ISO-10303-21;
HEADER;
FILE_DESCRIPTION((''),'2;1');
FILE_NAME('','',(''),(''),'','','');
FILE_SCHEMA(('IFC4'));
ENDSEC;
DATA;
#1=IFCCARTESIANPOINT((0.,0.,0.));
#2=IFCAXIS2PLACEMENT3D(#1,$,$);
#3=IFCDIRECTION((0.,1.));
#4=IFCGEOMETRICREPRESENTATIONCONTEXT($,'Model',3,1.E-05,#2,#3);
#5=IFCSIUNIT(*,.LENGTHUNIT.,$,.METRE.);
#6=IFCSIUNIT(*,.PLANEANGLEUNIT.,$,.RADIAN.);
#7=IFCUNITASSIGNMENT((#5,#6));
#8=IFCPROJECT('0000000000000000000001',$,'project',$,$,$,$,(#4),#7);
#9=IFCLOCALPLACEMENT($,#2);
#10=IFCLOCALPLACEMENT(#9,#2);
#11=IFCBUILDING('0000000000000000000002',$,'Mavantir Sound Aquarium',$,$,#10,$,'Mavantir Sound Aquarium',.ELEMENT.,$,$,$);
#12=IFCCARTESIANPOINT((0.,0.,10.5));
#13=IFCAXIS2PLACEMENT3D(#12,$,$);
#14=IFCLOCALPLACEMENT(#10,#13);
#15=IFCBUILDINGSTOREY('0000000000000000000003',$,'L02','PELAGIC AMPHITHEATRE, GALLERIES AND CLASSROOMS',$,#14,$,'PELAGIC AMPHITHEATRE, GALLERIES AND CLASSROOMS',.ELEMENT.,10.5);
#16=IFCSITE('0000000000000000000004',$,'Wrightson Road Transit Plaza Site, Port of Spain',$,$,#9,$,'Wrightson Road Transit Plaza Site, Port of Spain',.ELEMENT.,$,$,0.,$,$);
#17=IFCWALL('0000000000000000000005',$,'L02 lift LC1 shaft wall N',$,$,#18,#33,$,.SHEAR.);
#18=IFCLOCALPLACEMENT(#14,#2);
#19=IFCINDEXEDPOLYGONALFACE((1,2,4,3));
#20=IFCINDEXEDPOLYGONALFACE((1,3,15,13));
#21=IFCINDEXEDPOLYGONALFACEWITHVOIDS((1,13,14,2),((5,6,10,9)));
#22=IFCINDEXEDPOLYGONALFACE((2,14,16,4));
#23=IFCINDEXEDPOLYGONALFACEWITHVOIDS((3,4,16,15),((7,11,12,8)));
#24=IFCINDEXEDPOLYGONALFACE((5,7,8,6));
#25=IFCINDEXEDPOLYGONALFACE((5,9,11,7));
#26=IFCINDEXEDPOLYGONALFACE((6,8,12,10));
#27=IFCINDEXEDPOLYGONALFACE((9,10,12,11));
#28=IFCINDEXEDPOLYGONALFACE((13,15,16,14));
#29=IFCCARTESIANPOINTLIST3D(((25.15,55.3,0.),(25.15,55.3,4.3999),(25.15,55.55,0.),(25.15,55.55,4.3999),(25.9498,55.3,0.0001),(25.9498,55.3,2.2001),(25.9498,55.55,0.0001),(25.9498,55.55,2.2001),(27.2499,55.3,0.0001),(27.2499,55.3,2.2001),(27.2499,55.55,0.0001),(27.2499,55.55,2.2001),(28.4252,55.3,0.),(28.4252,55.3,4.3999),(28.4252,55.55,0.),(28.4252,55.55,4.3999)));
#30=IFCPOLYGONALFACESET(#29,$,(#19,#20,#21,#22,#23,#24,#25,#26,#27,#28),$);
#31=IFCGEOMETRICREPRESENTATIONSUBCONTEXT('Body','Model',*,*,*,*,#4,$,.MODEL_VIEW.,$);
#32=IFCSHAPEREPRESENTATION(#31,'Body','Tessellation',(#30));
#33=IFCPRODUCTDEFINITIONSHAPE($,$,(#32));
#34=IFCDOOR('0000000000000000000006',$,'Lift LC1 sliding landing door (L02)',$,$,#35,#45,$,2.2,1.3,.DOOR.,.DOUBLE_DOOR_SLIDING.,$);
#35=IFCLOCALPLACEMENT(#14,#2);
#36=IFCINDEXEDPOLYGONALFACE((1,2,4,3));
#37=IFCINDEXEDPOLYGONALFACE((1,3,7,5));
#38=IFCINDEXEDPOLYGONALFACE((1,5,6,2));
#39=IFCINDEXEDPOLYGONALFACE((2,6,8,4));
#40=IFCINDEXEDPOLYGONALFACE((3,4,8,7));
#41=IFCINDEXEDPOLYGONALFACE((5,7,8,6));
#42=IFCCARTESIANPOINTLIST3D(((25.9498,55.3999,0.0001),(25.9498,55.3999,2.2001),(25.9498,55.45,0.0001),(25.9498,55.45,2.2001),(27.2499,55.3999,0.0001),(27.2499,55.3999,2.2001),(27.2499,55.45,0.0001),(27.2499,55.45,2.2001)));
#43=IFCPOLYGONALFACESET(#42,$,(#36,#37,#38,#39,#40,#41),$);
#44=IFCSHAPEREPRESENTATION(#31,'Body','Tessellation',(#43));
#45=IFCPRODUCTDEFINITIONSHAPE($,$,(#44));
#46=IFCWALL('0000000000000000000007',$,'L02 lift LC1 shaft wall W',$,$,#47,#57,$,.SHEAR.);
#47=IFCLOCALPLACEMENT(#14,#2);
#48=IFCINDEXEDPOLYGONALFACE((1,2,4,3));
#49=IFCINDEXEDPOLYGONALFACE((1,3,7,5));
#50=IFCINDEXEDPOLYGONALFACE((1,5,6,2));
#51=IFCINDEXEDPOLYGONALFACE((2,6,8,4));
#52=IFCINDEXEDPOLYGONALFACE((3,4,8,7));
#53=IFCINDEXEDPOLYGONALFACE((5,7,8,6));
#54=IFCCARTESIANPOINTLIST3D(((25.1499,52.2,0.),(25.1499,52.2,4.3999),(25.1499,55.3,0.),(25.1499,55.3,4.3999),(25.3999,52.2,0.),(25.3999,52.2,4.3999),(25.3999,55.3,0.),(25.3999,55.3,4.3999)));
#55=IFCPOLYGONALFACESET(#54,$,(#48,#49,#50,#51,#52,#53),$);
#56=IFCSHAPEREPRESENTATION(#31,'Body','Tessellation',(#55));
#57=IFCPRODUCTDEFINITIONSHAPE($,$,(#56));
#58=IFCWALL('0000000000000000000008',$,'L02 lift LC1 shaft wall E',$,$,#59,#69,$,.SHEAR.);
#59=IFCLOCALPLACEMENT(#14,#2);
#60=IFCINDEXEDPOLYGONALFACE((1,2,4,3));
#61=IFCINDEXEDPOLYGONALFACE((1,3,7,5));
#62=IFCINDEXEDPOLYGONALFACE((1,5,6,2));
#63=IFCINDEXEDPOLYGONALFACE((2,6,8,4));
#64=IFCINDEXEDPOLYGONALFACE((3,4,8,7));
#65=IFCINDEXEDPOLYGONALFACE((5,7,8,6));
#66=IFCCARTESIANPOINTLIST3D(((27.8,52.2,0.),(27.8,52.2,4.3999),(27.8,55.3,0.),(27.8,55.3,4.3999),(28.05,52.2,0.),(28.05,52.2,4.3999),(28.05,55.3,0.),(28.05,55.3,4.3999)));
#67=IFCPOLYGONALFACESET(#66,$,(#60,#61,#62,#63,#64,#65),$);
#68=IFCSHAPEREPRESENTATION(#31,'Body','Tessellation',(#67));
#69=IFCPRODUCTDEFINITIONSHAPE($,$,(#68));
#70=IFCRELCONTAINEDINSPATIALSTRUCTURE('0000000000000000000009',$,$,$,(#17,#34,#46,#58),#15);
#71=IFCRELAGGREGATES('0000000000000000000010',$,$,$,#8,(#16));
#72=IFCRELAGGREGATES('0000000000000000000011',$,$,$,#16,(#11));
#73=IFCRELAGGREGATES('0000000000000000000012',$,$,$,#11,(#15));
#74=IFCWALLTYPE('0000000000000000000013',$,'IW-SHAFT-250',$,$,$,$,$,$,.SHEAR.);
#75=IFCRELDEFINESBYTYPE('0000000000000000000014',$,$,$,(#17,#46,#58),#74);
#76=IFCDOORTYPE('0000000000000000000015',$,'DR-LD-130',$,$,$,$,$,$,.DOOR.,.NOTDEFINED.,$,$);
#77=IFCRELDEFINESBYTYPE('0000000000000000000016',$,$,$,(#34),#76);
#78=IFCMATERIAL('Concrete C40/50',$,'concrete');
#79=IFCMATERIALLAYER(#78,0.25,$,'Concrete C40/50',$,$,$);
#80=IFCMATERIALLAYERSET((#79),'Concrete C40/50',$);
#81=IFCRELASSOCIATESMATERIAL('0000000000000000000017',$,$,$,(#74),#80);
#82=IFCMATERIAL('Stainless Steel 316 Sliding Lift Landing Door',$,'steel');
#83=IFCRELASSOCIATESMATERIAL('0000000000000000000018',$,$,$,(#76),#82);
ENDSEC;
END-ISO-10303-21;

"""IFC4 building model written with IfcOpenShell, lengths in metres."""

from ifc_helpers import new_model, si_unit, direction, frame, frame_2d, origin, place, context, subcontext, project, spatial, rectangle, extrude, material, layer, layer_set, type_object, element, fill, save


model = new_model("IFC4")

# Units and contexts
model_context = context("Model", 3, precision=1e-05, world=origin(), true_north=direction((0.0, 1.0)))
body_context = subcontext(model_context, "Body", "Model", "MODEL_VIEW")
ifc_project = project(units=[si_unit("LENGTHUNIT", "METRE"), si_unit("PLANEANGLEUNIT", "RADIAN")], contexts=[model_context])

# Site, building, storey
site_placement = place(None, origin())
site = spatial("IfcSite", under=ifc_project, at=site_placement, Name="Wrightson Road Transit Plaza Site, Port of Spain", LongName="Wrightson Road Transit Plaza Site, Port of Spain", CompositionType="ELEMENT", RefElevation=0.0)
building_placement = place(site_placement, origin())
building = spatial("IfcBuilding", under=site, at=building_placement, Name="Mavantir Sound Aquarium", LongName="Mavantir Sound Aquarium", CompositionType="ELEMENT")
storey_placement = place(building_placement, frame((0.0, 0.0, 10.5)))
storey = spatial("IfcBuildingStorey", under=building, at=storey_placement, Name="L02", Description="PELAGIC AMPHITHEATRE, GALLERIES AND CLASSROOMS", LongName="PELAGIC AMPHITHEATRE, GALLERIES AND CLASSROOMS", CompositionType="ELEMENT", Elevation=10.5)

# Shared definitions
ifc_material_1 = material(Name="Concrete C40/50", Category="concrete")

# Shared definitions
ifc_layer_1 = layer(ifc_material_1, 0.25, Name="Concrete C40/50")
ifc_layer_set_1 = layer_set([ifc_layer_1], Name="Concrete C40/50")
wall_type_1 = type_object("IfcWallType", Name="IW-SHAFT-250", PredefinedType="SHEAR", material=ifc_layer_set_1)

# Wall, opening, door
wall_1_placement = place(storey_placement, frame((25.1499, 55.425, 0.0), z_axis=(0.0, 0.0, 1.0), x_axis=(1.0, 0.0, 0.0)))
wall_1 = element("IfcWall", 1, at=wall_1_placement, inside=storey, type_object=wall_type_1, Name="L02 lift LC1 shaft wall N", PredefinedType="SHEAR", context=body_context, shape_type="SweptSolid", body=[
    extrude(rectangle(XDim=3.2751, YDim=0.25, at=frame_2d((1.6377, 0.0))), origin(), (0.0, 0.0, 1.0), 4.3999),
])
opening_placement = place(wall_1_placement, frame((0.8, 0.0, 0.0)))
opening = element("IfcOpeningElement", 2, at=opening_placement, cuts=wall_1, PredefinedType="OPENING", context=body_context, shape_type="SweptSolid", body=[
    extrude(rectangle(XDim=1.3, YDim=2.2, at=frame_2d((0.6499, 1.1001))), frame((0.0, 0.135, 0.0), z_axis=(0.0, -1.0, 0.0), x_axis=(1.0, 0.0, 0.0)), (0.0, 0.0, 1.0), 0.27),
])
ifc_material_2 = material(Name="Stainless Steel 316 Sliding Lift Landing Door", Category="steel")
door_type = type_object("IfcDoorType", Name="DR-LD-130", OperationType="NOTDEFINED", PredefinedType="DOOR", material=ifc_material_2)
door_placement = place(opening_placement, origin())
door = element("IfcDoor", 3, at=door_placement, inside=storey, type_object=door_type, Name="Lift LC1 sliding landing door (L02)", OperationType="DOUBLE_DOOR_SLIDING", OverallHeight=2.2, OverallWidth=1.3, PredefinedType="DOOR", context=body_context, shape_type="SweptSolid", body=[
    extrude(rectangle(XDim=1.3, YDim=2.2, at=frame_2d((0.6499, 1.1001))), frame((0.0, 0.0249, 0.0), z_axis=(0.0, -1.0, 0.0), x_axis=(1.0, 0.0, 0.0)), (0.0, 0.0, 1.0), 0.05),
])
fill(opening, door)

# Walls
for number, where, z_axis, x_axis, name in (
    (4, (25.2749, 52.2, 0.0), (0.0, 0.0, 1.0), (0.0, 1.0, 0.0), "L02 lift LC1 shaft wall W"),
    (5, (27.925, 52.2, 0.0), (0.0, 0.0, 1.0), (0.0, 1.0, 0.0), "L02 lift LC1 shaft wall E"),
):
    element("IfcWall", number, at=place(storey_placement, frame(where, z_axis=z_axis, x_axis=x_axis)), inside=storey, type_object=wall_type_1, Name=name, PredefinedType="SHEAR", context=body_context, shape_type="SweptSolid", body=[
        extrude(rectangle(XDim=3.1001, YDim=0.25, at=frame_2d((1.55, 0.0))), origin(), (0.0, 0.0, 1.0), 4.3999),
    ])

save(model, "model.ifc")
